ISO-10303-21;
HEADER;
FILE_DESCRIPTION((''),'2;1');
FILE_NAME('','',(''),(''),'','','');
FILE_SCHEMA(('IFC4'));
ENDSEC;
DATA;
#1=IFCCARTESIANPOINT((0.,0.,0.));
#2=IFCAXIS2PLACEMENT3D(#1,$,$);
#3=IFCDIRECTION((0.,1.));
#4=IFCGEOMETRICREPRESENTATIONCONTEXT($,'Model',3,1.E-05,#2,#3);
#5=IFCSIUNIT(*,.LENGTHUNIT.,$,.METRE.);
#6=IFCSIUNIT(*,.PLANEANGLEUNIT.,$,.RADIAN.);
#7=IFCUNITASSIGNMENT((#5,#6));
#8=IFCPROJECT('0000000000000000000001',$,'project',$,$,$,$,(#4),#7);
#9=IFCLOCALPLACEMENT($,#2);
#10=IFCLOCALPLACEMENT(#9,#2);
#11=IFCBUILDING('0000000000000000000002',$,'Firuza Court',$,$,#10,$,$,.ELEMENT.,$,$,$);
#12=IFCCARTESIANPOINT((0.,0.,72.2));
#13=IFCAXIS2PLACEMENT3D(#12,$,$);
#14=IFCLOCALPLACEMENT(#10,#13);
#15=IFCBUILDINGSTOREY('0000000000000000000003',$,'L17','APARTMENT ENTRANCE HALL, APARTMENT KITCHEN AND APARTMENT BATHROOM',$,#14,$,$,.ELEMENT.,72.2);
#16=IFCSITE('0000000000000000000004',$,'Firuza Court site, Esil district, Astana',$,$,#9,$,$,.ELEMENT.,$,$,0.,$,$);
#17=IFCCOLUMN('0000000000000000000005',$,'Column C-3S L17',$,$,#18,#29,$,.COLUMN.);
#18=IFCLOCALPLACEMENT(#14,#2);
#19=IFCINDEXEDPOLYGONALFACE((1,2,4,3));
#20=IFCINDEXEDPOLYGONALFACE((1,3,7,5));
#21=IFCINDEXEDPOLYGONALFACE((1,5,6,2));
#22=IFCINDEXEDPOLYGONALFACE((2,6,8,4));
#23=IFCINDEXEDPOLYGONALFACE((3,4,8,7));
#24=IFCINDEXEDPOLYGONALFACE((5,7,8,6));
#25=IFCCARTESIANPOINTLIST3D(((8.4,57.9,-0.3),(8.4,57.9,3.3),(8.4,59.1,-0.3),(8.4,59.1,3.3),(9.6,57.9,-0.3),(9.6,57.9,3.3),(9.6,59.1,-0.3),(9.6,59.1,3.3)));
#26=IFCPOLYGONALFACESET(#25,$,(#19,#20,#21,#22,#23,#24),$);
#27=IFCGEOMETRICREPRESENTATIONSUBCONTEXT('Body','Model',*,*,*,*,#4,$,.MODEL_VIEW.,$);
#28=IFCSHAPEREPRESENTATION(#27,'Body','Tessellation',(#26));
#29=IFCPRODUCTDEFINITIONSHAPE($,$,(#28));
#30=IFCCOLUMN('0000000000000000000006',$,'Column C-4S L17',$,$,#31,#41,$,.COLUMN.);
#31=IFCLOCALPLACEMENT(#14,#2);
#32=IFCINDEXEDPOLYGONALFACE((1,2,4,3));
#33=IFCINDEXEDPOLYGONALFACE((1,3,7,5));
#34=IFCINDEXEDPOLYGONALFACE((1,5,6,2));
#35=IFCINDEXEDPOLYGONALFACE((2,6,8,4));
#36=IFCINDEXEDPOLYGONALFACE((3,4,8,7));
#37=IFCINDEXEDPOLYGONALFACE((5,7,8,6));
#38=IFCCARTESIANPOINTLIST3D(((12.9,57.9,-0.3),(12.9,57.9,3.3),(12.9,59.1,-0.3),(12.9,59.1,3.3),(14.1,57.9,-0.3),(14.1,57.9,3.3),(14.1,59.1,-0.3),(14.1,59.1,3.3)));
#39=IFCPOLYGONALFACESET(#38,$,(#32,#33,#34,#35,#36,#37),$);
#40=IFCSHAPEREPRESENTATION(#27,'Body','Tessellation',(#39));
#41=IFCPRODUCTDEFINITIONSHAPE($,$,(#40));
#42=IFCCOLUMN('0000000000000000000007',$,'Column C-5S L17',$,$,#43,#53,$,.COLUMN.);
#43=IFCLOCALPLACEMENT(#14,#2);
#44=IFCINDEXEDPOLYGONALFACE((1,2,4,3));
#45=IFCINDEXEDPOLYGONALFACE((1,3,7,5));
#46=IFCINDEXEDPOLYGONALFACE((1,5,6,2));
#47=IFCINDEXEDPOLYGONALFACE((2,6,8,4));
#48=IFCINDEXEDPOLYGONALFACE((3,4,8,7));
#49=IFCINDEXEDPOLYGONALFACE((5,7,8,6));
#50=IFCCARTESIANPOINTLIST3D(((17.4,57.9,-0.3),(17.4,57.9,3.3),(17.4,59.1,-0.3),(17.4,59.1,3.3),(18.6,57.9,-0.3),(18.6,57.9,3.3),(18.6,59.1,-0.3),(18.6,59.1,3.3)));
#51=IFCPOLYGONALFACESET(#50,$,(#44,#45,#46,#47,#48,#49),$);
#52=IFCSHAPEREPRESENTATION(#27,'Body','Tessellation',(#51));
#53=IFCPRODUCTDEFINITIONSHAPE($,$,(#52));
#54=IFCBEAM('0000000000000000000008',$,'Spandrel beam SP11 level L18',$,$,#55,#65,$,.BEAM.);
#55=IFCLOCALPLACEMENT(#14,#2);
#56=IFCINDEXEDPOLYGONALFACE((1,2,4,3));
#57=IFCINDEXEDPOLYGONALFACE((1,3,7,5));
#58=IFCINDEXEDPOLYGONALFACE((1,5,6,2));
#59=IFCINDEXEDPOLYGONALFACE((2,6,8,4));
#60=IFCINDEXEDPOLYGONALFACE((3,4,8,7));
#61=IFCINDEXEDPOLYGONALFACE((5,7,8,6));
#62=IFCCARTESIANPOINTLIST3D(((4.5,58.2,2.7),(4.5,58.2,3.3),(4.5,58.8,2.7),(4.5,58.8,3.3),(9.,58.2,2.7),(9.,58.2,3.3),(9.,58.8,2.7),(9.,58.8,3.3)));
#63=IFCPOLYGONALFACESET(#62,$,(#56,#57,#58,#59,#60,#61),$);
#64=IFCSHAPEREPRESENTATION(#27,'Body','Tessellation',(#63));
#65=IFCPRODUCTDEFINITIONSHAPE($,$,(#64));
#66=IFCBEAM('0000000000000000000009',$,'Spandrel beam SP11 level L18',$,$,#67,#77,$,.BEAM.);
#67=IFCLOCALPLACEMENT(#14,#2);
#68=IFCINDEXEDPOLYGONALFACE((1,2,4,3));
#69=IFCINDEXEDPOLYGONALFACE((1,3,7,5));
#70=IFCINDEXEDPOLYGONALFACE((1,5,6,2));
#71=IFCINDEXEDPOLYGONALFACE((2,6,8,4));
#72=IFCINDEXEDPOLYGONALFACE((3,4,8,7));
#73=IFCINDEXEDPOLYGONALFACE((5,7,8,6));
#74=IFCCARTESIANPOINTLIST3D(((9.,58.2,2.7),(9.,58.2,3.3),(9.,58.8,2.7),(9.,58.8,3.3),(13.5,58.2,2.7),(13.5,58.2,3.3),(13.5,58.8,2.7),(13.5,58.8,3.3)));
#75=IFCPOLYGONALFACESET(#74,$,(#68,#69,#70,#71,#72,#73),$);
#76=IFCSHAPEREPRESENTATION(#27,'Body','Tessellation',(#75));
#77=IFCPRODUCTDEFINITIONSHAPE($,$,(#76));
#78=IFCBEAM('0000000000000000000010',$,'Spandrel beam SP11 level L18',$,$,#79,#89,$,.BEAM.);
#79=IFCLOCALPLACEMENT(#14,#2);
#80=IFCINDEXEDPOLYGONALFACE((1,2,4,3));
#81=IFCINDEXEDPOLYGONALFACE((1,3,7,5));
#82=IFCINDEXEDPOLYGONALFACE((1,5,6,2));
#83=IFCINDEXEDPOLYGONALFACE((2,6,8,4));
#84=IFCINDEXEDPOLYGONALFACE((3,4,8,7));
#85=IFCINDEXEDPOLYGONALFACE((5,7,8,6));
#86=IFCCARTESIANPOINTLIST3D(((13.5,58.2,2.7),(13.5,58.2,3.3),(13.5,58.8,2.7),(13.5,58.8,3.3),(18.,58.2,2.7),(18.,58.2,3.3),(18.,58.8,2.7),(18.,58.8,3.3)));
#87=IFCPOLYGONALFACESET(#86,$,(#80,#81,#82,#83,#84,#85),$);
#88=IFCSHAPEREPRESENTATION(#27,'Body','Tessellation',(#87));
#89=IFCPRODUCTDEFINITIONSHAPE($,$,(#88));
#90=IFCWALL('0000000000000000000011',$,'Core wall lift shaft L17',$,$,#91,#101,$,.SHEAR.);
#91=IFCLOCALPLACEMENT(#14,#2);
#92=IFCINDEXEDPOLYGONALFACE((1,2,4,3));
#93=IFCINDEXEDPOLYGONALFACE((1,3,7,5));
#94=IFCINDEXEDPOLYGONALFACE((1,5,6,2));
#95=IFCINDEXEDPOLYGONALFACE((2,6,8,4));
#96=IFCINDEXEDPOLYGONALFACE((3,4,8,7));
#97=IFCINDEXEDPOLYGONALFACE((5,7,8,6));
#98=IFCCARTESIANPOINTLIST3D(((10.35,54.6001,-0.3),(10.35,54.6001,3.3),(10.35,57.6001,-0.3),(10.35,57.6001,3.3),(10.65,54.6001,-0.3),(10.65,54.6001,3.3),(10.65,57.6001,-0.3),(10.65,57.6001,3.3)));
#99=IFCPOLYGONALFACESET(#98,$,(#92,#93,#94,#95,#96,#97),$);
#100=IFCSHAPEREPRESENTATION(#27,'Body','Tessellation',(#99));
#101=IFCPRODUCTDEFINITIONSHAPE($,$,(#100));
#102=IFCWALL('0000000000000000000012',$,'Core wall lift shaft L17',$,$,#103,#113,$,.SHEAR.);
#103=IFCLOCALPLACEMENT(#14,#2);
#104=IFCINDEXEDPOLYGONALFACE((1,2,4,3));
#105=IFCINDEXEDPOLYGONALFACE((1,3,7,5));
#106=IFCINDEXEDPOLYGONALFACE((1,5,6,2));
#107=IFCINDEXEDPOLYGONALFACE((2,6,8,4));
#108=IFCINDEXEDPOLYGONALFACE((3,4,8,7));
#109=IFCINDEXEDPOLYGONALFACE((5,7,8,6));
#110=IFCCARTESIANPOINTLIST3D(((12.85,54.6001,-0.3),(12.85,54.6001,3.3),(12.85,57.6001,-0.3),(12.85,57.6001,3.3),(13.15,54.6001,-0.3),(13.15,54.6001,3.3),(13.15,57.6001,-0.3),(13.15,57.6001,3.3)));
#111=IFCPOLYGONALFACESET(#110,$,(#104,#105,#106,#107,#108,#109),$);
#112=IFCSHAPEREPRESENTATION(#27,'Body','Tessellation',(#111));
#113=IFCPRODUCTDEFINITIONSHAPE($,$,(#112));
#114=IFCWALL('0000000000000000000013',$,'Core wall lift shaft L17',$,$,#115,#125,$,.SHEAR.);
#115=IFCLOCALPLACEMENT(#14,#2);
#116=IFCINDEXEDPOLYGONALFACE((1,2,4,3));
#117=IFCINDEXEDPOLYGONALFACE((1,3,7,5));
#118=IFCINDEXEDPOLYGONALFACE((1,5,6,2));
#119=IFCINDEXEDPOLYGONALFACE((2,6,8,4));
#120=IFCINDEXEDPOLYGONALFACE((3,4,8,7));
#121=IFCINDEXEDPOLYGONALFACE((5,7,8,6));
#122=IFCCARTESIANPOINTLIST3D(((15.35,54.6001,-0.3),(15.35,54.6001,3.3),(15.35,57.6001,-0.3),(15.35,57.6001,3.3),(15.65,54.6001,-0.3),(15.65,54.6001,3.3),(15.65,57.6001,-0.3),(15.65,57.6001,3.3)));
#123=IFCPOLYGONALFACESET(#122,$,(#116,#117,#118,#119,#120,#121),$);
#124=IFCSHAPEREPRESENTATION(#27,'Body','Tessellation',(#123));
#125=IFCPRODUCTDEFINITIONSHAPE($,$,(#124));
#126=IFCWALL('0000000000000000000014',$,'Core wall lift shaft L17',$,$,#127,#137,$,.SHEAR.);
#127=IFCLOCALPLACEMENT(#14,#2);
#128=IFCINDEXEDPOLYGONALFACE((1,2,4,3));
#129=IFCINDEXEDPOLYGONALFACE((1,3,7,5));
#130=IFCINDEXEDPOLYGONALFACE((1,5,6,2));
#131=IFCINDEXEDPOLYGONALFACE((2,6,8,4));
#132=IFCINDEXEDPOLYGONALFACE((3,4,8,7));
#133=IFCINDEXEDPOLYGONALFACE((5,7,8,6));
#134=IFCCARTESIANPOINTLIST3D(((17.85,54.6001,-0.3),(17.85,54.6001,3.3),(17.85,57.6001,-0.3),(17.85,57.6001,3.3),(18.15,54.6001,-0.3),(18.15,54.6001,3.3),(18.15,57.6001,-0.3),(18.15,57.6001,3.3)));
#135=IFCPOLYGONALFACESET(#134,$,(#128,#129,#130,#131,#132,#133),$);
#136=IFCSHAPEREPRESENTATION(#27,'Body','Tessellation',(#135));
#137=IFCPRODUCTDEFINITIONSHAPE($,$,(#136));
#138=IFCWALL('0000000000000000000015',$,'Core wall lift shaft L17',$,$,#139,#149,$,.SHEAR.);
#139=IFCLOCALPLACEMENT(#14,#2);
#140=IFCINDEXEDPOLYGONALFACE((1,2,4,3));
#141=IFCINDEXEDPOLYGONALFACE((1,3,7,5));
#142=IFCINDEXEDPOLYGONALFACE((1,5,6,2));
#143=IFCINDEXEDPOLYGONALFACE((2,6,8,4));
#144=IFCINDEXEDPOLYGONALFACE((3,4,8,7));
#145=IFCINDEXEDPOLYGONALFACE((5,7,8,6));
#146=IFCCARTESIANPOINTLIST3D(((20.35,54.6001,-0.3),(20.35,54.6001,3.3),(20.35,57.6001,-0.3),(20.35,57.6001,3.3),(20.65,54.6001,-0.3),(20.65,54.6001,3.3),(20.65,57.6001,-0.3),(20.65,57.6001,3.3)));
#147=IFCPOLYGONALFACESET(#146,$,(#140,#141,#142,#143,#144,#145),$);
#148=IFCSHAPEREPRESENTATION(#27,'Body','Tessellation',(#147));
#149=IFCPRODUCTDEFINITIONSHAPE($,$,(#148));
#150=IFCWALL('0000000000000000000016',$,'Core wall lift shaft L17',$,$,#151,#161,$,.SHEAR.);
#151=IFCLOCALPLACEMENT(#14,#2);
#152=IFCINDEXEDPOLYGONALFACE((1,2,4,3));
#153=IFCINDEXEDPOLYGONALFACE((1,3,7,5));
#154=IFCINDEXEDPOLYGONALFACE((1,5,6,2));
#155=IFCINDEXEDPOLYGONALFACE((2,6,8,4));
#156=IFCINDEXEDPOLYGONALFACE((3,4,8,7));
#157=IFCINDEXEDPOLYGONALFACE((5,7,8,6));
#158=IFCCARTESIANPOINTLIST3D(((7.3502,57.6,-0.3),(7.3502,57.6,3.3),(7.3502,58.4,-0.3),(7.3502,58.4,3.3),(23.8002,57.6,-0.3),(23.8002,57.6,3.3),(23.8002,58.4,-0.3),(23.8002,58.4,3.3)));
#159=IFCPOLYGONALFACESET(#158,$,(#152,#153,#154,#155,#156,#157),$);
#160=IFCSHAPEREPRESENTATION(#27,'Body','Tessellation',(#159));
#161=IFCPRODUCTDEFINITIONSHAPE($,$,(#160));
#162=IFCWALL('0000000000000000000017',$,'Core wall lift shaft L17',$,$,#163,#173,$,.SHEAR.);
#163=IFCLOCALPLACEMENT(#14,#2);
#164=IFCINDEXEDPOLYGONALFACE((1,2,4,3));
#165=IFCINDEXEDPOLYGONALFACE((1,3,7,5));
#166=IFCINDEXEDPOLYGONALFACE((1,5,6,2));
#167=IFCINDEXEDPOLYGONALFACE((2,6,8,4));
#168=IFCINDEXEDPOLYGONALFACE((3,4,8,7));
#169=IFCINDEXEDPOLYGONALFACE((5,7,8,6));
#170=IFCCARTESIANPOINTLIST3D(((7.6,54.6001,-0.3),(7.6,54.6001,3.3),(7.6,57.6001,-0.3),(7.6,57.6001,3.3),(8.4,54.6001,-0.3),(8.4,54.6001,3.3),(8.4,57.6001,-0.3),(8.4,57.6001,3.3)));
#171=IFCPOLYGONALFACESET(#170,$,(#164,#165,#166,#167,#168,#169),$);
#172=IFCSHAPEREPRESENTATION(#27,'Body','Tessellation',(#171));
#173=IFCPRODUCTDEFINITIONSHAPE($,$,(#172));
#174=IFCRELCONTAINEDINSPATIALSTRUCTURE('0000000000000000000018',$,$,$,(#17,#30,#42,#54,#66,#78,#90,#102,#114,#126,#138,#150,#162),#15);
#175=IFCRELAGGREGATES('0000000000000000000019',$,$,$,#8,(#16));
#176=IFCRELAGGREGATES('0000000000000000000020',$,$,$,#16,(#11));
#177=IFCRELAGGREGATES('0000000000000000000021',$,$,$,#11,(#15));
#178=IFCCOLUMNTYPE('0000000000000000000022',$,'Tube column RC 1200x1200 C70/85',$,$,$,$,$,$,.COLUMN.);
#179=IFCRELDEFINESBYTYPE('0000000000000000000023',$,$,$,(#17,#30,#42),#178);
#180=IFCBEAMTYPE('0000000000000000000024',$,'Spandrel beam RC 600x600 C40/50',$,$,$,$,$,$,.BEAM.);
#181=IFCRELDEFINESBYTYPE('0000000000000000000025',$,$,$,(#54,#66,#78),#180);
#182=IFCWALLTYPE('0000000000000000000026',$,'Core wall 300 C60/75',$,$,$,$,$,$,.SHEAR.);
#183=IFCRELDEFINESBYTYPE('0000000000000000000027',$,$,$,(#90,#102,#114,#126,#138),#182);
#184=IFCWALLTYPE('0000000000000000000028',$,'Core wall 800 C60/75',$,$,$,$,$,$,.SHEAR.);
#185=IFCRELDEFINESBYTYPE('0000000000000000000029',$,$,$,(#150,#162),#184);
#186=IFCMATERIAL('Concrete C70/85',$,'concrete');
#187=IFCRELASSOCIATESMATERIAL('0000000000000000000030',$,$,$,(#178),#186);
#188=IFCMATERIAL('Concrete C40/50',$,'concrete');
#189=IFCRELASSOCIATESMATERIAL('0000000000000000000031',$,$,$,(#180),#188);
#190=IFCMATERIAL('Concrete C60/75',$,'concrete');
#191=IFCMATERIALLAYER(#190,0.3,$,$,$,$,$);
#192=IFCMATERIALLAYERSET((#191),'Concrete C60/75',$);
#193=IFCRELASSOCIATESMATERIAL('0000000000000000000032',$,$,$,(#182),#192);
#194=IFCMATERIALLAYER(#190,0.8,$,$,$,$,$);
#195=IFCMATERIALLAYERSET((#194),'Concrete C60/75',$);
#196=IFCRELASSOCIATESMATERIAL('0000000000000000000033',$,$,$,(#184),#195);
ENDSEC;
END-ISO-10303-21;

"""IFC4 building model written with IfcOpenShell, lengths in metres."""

from ifc_helpers import new_model, si_unit, direction, frame, frame_2d, origin, origin_2d, place, context, subcontext, project, spatial, rectangle, extrude, material, layer, layer_set, material_profile, profile_set, type_object, element, save


model = new_model("IFC4")

# Units and contexts
model_context = context("Model", 3, precision=1e-05, world=origin(), true_north=direction((0.0, 1.0)))
body_context = subcontext(model_context, "Body", "Model", "MODEL_VIEW")
ifc_project = project(units=[si_unit("LENGTHUNIT", "METRE"), si_unit("PLANEANGLEUNIT", "RADIAN")], contexts=[model_context])

# Site, building, storey
site_placement = place(None, origin())
site = spatial("IfcSite", under=ifc_project, at=site_placement, Name="Firuza Court site, Esil district, Astana", CompositionType="ELEMENT", RefElevation=0.0)
building_placement = place(site_placement, origin())
building = spatial("IfcBuilding", under=site, at=building_placement, Name="Firuza Court", CompositionType="ELEMENT")
storey_placement = place(building_placement, frame((0.0, 0.0, 72.2)))
storey = spatial("IfcBuildingStorey", under=building, at=storey_placement, Name="L17", Description="APARTMENT ENTRANCE HALL, APARTMENT KITCHEN AND APARTMENT BATHROOM", CompositionType="ELEMENT", Elevation=72.2)

# Columns
ifc_material_1 = material(Name="Concrete C70/85", Category="concrete")
ifc_material_profile_1 = material_profile(ifc_material_1, rectangle(XDim=1.2, YDim=1.2, at=origin_2d()), Name="RC 1200x1200")
ifc_profile_set_1 = profile_set([ifc_material_profile_1], Name="Concrete C70/85")
column_type = type_object("IfcColumnType", Name="Tube column RC 1200x1200 C70/85", PredefinedType="COLUMN", material=ifc_profile_set_1)
for number, where, z_axis, x_axis, name in (
    (1, (9.0, 58.5, -0.3), (0.0, 0.0, 1.0), (1.0, 0.0, 0.0), "Column C-3S L17"),
    (2, (13.5, 58.5, -0.3), (0.0, 0.0, 1.0), (1.0, 0.0, 0.0), "Column C-4S L17"),
    (3, (18.0, 58.5, -0.3), (0.0, 0.0, 1.0), (1.0, 0.0, 0.0), "Column C-5S L17"),
):
    element("IfcColumn", number, at=place(storey_placement, frame(where, z_axis=z_axis, x_axis=x_axis)), inside=storey, type_object=column_type, Name=name, PredefinedType="COLUMN", context=body_context, shape_type="SweptSolid", body=[
        extrude(rectangle(XDim=1.2, YDim=1.2, at=origin_2d()), origin(), (0.0, 0.0, 1.0), 3.6001),
    ])

# Beams
ifc_material_2 = material(Name="Concrete C40/50", Category="concrete")
ifc_material_profile_2 = material_profile(ifc_material_2, rectangle(XDim=0.6001, YDim=0.6001, at=origin_2d()), Name="RC 600x600")
ifc_profile_set_2 = profile_set([ifc_material_profile_2], Name="Concrete C40/50")
beam_type = type_object("IfcBeamType", Name="Spandrel beam RC 600x600 C40/50", PredefinedType="BEAM", material=ifc_profile_set_2)
for number, where, z_axis, x_axis, name in (
    (4, (9.0, 58.5, 3.0), (-1.0, 0.0, 0.0), (0.0, -1.0, 0.0), "Spandrel beam SP11 level L18"),
    (5, (13.5, 58.5, 3.0), (-1.0, 0.0, 0.0), (0.0, -1.0, 0.0), "Spandrel beam SP11 level L18"),
    (6, (18.0, 58.5, 3.0), (-1.0, 0.0, 0.0), (0.0, -1.0, 0.0), "Spandrel beam SP11 level L18"),
):
    element("IfcBeam", number, at=place(storey_placement, frame(where, z_axis=z_axis, x_axis=x_axis)), inside=storey, type_object=beam_type, Name=name, PredefinedType="BEAM", context=body_context, shape_type="SweptSolid", body=[
        extrude(rectangle(XDim=0.6001, YDim=0.6001, at=origin_2d()), origin(), (0.0, 0.0, 1.0), 4.5),
    ])

# Walls
ifc_material_3 = material(Name="Concrete C60/75", Category="concrete")
ifc_layer_1 = layer(ifc_material_3, 0.3)
ifc_layer_set_1 = layer_set([ifc_layer_1], Name="Concrete C60/75")
wall_type_1 = type_object("IfcWallType", Name="Core wall 300 C60/75", PredefinedType="SHEAR", material=ifc_layer_set_1)
for number, where, z_axis, x_axis, name in (
    (7, (10.5, 54.6001, -0.3), (0.0, 0.0, 1.0), (0.0, 1.0, 0.0), "Core wall lift shaft L17"),
    (8, (13.0, 54.6001, -0.3), (0.0, 0.0, 1.0), (0.0, 1.0, 0.0), "Core wall lift shaft L17"),
    (9, (15.5, 54.6001, -0.3), (0.0, 0.0, 1.0), (0.0, 1.0, 0.0), "Core wall lift shaft L17"),
    (10, (18.0, 54.6001, -0.3), (0.0, 0.0, 1.0), (0.0, 1.0, 0.0), "Core wall lift shaft L17"),
    (11, (20.5, 54.6001, -0.3), (0.0, 0.0, 1.0), (0.0, 1.0, 0.0), "Core wall lift shaft L17"),
):
    element("IfcWall", number, at=place(storey_placement, frame(where, z_axis=z_axis, x_axis=x_axis)), inside=storey, type_object=wall_type_1, Name=name, PredefinedType="SHEAR", context=body_context, shape_type="SweptSolid", body=[
        extrude(rectangle(XDim=3.0, YDim=0.3, at=frame_2d((1.5, 0.0))), origin(), (0.0, 0.0, 1.0), 3.6001),
    ])
ifc_layer_2 = layer(ifc_material_3, 0.8)
ifc_layer_set_2 = layer_set([ifc_layer_2], Name="Concrete C60/75")
wall_type_2 = type_object("IfcWallType", Name="Core wall 800 C60/75", PredefinedType="SHEAR", material=ifc_layer_set_2)
wall_1_placement = place(storey_placement, frame((7.3501, 58.0, -0.3), z_axis=(0.0, 0.0, 1.0), x_axis=(1.0, 0.0, 0.0)))
element("IfcWall", 12, at=wall_1_placement, inside=storey, type_object=wall_type_2, Name="Core wall lift shaft L17", PredefinedType="SHEAR", context=body_context, shape_type="SweptSolid", body=[
    extrude(rectangle(XDim=16.45, YDim=0.8, at=frame_2d((8.2251, 0.0))), origin(), (0.0, 0.0, 1.0), 3.6001),
])
wall_2_placement = place(storey_placement, frame((8.0, 54.6001, -0.3), z_axis=(0.0, 0.0, 1.0), x_axis=(0.0, 1.0, 0.0)))
element("IfcWall", 13, at=wall_2_placement, inside=storey, type_object=wall_type_2, Name="Core wall lift shaft L17", PredefinedType="SHEAR", context=body_context, shape_type="SweptSolid", body=[
    extrude(rectangle(XDim=3.0, YDim=0.8, at=frame_2d((1.5, 0.0))), origin(), (0.0, 0.0, 1.0), 3.6001),
])

save(model, "model.ifc")
